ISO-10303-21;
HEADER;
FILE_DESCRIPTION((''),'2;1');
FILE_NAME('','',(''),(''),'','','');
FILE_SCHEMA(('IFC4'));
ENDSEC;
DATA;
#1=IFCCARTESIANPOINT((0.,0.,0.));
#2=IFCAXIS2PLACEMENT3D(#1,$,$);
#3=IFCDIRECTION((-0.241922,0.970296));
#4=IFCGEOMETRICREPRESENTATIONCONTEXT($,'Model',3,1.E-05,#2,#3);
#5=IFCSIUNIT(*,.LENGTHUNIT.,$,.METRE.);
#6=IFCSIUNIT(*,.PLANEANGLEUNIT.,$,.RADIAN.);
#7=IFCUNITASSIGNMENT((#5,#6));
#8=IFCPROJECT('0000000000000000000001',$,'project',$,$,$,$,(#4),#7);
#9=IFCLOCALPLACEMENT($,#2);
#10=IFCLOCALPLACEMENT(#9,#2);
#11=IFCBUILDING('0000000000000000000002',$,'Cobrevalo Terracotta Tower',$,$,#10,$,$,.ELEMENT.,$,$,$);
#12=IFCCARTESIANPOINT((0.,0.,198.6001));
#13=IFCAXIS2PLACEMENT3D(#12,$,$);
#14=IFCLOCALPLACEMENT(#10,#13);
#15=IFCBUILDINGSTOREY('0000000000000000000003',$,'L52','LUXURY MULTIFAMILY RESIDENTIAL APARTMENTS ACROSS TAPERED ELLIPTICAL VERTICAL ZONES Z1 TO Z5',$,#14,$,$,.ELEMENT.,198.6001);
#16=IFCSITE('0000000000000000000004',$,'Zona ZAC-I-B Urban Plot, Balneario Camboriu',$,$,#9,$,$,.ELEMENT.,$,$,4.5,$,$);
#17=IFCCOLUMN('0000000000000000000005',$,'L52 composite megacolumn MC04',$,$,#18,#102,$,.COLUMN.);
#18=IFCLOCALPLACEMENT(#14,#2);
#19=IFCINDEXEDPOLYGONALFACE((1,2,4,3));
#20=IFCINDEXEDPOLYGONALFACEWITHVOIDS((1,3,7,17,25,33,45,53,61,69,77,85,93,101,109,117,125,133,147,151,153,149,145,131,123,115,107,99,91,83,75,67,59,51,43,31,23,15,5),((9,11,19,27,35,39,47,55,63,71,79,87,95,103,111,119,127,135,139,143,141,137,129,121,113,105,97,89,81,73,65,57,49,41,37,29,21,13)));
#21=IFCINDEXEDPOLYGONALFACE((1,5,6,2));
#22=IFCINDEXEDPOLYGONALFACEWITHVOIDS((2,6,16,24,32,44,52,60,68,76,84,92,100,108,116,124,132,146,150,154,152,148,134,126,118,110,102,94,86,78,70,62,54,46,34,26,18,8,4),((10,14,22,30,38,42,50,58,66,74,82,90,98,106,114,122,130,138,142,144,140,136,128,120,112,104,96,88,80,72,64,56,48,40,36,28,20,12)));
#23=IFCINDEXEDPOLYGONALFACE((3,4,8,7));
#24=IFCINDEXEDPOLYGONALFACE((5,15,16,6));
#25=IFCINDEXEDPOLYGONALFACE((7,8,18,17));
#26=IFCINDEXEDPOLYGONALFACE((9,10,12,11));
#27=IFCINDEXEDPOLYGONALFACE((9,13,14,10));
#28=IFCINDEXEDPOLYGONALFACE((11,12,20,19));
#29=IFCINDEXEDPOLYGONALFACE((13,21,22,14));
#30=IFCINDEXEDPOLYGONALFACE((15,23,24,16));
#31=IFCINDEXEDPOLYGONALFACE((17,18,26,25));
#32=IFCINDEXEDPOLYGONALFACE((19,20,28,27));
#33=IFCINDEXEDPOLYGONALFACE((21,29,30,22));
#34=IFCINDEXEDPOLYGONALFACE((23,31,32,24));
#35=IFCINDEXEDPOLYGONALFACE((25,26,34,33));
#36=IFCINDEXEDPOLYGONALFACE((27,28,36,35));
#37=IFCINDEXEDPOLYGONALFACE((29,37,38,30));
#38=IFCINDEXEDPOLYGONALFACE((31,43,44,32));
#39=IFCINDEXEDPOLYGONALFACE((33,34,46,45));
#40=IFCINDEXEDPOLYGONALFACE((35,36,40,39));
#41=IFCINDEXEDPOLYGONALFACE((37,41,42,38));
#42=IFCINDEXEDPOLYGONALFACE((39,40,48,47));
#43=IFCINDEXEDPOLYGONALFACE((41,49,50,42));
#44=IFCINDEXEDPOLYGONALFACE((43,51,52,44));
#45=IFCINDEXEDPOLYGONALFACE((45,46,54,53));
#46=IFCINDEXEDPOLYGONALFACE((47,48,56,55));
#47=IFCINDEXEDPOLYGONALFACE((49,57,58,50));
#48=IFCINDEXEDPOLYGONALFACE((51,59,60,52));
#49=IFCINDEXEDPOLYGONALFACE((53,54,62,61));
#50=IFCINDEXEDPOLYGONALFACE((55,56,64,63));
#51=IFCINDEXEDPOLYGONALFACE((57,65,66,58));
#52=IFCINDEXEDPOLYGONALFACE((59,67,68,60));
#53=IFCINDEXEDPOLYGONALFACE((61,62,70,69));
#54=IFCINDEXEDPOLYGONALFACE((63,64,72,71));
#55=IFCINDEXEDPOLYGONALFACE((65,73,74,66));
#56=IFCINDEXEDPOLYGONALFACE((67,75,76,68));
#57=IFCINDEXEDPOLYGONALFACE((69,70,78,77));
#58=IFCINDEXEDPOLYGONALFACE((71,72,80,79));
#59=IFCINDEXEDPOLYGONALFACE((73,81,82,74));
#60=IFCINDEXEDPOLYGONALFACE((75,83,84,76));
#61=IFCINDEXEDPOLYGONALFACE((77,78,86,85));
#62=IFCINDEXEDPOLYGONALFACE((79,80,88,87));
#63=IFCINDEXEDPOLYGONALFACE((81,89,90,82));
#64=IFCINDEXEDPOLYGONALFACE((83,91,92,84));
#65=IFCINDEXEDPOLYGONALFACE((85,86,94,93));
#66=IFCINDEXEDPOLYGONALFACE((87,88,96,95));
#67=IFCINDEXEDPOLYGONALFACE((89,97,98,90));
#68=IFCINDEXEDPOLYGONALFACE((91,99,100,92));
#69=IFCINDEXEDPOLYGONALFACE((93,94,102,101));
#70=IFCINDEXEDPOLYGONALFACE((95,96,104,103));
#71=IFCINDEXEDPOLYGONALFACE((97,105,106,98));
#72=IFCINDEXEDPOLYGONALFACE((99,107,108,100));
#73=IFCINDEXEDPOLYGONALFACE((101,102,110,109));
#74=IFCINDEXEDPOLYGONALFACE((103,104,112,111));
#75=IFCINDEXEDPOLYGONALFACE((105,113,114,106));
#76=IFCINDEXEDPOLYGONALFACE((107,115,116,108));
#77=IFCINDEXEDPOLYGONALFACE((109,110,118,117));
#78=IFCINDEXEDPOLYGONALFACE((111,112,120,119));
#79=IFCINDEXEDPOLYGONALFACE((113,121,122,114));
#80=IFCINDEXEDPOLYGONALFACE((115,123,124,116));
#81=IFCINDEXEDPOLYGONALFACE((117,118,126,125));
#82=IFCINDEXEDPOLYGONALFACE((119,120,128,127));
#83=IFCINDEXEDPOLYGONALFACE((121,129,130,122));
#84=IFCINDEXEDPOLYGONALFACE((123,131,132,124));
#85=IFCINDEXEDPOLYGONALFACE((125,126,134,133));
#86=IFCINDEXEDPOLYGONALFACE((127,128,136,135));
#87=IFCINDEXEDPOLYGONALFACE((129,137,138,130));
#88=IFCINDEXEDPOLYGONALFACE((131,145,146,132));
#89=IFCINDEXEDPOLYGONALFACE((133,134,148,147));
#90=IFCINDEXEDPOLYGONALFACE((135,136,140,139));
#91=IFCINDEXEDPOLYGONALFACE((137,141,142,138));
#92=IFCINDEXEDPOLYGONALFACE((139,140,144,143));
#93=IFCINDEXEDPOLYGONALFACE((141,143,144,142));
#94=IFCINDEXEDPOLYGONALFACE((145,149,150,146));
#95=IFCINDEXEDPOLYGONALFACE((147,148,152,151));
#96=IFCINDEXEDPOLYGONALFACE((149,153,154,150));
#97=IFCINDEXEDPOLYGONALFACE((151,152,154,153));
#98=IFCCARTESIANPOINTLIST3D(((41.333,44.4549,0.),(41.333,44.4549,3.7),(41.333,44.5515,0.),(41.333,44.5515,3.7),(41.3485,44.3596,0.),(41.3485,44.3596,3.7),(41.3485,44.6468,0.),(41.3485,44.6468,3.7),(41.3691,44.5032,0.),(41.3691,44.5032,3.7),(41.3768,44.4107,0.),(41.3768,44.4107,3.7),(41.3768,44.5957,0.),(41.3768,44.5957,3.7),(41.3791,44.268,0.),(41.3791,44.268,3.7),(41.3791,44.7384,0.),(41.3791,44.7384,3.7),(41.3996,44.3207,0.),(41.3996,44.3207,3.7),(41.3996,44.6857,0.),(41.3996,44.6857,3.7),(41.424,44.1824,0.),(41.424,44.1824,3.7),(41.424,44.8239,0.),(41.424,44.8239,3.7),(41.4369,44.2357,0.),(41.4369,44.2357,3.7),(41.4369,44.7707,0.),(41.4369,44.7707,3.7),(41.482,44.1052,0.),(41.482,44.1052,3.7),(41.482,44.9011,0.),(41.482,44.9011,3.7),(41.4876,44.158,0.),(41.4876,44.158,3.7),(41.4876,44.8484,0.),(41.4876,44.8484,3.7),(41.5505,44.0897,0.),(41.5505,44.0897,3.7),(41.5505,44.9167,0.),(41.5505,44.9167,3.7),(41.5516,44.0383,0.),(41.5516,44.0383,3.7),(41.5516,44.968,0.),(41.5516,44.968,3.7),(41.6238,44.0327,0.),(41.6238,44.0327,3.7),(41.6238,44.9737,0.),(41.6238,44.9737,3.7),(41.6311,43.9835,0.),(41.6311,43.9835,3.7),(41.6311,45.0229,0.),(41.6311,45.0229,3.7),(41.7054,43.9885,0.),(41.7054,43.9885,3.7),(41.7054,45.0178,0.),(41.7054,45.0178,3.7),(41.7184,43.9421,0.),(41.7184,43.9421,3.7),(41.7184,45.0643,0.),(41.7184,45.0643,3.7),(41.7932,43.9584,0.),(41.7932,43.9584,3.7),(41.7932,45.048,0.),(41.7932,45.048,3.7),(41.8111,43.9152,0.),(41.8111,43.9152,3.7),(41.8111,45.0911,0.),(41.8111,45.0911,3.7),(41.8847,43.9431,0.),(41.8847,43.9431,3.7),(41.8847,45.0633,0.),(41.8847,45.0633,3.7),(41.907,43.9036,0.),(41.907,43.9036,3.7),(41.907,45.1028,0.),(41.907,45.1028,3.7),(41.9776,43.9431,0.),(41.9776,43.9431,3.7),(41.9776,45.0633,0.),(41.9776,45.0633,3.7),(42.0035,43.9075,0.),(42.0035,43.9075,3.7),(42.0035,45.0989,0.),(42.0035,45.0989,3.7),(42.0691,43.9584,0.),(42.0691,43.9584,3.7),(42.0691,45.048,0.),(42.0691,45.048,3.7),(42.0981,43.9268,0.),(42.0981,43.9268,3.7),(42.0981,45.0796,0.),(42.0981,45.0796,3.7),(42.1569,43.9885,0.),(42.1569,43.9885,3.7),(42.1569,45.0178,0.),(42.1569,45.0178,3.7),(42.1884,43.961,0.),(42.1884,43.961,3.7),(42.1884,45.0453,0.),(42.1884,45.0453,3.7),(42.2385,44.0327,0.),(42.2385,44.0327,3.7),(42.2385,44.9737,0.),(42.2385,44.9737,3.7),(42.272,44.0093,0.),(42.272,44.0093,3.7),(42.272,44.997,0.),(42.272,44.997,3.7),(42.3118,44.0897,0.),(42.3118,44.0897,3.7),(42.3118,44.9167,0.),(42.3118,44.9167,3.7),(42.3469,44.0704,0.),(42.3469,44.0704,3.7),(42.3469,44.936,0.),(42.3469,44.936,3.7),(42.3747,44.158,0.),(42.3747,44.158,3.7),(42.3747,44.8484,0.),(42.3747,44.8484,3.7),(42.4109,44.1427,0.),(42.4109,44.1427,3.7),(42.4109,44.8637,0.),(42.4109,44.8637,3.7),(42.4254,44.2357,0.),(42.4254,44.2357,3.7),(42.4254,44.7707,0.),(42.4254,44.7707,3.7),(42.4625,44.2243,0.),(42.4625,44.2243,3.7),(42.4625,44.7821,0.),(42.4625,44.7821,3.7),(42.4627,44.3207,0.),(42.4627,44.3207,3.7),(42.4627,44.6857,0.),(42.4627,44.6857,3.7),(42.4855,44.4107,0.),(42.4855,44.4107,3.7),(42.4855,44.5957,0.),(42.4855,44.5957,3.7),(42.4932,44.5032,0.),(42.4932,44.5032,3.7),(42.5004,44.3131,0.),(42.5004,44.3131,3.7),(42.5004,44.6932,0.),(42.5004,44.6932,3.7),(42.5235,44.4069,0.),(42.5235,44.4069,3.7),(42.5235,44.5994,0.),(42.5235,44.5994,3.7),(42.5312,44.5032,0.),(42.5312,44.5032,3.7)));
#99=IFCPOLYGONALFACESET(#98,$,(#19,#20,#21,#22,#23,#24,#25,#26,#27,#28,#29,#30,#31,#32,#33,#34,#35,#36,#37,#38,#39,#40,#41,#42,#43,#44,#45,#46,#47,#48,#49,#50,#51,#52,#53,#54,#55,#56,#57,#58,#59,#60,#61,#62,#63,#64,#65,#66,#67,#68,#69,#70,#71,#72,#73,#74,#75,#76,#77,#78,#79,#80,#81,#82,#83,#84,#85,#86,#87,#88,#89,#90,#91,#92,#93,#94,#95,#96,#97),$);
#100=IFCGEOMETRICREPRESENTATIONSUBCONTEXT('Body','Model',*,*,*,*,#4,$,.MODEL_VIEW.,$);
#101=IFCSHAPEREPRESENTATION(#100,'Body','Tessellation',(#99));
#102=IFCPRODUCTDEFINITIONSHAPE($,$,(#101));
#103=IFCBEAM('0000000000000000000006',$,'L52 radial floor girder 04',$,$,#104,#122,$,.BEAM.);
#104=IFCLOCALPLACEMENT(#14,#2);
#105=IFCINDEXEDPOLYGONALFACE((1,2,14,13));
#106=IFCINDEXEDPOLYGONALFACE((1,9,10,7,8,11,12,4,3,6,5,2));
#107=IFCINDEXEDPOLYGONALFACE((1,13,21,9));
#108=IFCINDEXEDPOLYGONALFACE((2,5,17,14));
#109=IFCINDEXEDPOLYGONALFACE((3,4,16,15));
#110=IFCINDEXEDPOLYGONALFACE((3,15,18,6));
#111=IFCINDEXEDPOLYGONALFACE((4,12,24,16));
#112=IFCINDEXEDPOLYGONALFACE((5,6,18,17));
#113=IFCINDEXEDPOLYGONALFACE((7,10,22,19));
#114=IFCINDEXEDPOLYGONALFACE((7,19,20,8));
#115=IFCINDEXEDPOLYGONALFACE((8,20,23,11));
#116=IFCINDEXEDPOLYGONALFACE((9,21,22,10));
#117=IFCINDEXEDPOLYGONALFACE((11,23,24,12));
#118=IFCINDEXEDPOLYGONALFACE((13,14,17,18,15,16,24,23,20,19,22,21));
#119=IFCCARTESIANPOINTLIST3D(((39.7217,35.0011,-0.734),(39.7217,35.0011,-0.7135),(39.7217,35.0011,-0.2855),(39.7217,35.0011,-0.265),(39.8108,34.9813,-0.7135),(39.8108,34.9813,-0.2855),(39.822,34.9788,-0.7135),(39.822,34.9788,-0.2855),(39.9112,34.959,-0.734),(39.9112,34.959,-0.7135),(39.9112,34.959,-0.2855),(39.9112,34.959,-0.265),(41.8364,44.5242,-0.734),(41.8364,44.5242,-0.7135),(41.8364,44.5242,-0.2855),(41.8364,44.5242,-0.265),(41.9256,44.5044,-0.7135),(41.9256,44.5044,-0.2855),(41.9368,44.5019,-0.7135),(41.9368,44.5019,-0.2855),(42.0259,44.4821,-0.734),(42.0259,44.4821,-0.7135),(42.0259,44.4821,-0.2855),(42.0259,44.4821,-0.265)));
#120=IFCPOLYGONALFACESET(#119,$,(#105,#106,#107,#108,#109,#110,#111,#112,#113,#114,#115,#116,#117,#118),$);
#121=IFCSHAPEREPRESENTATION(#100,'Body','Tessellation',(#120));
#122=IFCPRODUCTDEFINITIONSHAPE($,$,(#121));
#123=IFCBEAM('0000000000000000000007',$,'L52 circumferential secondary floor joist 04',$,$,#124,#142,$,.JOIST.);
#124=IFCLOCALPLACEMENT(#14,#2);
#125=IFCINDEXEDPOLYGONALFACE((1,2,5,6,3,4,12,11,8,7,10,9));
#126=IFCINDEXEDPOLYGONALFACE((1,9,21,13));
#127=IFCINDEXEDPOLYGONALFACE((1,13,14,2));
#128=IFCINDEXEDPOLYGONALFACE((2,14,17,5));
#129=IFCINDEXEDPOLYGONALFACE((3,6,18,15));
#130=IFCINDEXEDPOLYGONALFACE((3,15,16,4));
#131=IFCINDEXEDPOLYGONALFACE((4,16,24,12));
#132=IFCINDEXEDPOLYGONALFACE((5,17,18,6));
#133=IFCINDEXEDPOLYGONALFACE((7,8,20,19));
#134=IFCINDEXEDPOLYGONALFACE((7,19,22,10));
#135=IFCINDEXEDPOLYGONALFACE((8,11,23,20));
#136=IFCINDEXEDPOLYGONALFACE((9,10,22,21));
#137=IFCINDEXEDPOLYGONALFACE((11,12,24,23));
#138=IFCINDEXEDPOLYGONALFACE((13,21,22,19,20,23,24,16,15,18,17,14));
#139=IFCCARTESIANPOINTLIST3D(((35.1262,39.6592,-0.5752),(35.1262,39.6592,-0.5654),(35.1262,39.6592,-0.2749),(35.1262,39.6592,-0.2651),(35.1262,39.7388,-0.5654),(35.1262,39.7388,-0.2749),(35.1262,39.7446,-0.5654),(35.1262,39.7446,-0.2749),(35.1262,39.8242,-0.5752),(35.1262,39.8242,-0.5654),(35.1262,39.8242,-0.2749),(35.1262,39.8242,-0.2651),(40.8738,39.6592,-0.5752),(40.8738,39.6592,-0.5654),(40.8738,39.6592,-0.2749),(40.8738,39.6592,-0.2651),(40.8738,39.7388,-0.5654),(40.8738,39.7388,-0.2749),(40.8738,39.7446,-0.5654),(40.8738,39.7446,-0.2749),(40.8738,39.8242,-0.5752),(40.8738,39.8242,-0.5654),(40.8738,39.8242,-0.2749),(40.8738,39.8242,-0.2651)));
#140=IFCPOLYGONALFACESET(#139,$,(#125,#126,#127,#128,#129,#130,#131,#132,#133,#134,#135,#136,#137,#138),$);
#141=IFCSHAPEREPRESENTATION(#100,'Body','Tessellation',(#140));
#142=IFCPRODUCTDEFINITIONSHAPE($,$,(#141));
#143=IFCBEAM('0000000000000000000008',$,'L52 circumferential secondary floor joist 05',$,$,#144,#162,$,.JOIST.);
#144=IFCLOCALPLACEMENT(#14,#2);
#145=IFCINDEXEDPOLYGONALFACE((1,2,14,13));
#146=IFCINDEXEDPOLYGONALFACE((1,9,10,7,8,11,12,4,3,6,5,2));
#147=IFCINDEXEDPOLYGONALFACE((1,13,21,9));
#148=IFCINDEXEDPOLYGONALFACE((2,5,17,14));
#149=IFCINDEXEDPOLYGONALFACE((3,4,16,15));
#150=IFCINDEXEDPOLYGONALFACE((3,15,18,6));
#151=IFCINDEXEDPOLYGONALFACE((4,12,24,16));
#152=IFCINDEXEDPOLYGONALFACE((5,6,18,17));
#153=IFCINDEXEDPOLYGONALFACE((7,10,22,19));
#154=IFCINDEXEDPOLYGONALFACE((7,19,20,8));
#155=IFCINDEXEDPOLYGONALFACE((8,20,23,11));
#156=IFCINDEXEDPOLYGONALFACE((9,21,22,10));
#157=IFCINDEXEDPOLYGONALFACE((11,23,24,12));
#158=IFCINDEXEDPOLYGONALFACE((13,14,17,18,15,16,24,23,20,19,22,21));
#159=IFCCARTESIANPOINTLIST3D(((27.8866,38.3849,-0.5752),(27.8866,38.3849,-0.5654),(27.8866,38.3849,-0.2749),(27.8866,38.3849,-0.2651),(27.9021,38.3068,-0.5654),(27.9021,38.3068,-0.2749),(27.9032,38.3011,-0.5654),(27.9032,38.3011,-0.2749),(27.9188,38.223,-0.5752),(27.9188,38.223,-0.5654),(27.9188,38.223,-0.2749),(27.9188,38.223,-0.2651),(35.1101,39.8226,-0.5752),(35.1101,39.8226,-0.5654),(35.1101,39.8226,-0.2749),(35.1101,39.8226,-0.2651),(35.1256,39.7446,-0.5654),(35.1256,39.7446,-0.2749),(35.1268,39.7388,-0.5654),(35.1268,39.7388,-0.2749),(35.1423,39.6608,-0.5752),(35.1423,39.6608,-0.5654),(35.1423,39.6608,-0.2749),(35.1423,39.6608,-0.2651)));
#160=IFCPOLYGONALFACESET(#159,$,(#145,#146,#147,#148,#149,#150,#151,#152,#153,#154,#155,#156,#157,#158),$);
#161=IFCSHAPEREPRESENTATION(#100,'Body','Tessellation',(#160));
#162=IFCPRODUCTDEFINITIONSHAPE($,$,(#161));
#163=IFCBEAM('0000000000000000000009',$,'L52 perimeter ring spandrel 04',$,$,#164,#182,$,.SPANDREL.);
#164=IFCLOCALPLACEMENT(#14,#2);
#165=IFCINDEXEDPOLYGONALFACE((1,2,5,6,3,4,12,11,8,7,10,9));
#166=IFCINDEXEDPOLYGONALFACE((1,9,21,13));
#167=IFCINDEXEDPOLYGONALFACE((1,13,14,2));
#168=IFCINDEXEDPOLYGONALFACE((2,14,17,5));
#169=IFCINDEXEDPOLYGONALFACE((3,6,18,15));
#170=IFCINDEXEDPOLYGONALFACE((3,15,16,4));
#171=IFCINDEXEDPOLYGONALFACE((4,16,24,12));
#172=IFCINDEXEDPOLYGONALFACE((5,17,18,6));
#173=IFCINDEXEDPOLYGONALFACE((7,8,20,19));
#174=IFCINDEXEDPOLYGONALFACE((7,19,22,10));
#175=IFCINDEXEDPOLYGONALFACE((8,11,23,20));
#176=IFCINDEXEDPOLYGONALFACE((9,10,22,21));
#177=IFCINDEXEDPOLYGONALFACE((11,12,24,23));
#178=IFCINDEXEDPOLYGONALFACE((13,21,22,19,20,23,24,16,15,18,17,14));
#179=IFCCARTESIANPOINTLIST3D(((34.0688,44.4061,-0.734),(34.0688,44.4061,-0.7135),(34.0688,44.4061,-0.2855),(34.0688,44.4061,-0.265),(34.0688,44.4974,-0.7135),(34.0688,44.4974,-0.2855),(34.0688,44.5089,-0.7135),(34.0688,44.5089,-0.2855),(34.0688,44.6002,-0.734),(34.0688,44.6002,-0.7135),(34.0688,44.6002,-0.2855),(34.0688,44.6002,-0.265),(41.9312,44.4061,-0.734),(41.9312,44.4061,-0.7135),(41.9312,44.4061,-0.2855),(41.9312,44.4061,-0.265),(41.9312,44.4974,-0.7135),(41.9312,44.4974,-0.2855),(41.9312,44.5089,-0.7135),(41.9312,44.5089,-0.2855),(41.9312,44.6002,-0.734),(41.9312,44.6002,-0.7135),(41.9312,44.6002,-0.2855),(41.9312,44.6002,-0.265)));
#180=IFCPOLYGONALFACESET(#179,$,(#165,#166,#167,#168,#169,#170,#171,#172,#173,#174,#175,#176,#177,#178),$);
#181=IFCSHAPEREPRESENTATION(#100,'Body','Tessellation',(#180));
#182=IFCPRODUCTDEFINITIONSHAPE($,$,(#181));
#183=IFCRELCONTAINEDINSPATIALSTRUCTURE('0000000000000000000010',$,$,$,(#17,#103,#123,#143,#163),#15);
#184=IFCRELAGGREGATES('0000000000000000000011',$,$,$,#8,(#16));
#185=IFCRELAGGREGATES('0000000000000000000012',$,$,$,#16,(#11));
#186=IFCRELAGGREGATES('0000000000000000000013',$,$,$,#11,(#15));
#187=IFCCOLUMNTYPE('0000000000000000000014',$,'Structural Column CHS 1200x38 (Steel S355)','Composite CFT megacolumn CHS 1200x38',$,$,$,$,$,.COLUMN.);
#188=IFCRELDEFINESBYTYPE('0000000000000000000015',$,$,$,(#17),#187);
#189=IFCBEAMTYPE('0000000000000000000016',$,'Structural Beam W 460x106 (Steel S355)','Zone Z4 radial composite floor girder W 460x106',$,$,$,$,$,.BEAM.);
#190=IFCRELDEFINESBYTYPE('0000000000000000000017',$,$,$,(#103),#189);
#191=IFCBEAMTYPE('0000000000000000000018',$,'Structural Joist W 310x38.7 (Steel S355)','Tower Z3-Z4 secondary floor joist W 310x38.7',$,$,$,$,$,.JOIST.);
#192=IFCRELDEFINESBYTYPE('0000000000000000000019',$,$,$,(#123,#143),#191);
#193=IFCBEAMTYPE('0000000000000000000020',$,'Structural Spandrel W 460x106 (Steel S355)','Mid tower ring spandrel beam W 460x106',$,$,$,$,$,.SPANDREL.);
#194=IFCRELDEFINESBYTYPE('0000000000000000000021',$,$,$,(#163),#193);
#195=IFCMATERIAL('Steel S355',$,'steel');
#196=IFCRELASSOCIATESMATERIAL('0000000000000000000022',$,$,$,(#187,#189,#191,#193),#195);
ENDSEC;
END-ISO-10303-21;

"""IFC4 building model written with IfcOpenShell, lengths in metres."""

from ifc_helpers import new_model, si_unit, direction, frame, origin, origin_2d, place, context, subcontext, project, spatial, hollow_circle, i_section, extrude, material, material_profile, profile_set, type_object, element, save


model = new_model("IFC4")

# Units and contexts
model_context = context("Model", 3, precision=1e-05, world=origin(), true_north=direction((-0.241922, 0.970296)))
body_context = subcontext(model_context, "Body", "Model", "MODEL_VIEW")
ifc_project = project(units=[si_unit("LENGTHUNIT", "METRE"), si_unit("PLANEANGLEUNIT", "RADIAN")], contexts=[model_context])

# Site, building, storey
site_placement = place(None, origin())
site = spatial("IfcSite", under=ifc_project, at=site_placement, Name="Zona ZAC-I-B Urban Plot, Balneario Camboriu", CompositionType="ELEMENT", RefElevation=4.5)
building_placement = place(site_placement, origin())
building = spatial("IfcBuilding", under=site, at=building_placement, Name="Cobrevalo Terracotta Tower", CompositionType="ELEMENT")
storey_placement = place(building_placement, frame((0.0, 0.0, 198.6001)))
storey = spatial("IfcBuildingStorey", under=building, at=storey_placement, Name="L52", Description="LUXURY MULTIFAMILY RESIDENTIAL APARTMENTS ACROSS TAPERED ELLIPTICAL VERTICAL ZONES Z1 TO Z5", CompositionType="ELEMENT", Elevation=198.6001)

# Column
ifc_material_1 = material(Name="Steel S355", Category="steel")
ifc_material_profile_1 = material_profile(ifc_material_1, hollow_circle(Radius=0.6001, WallThickness=0.0381, at=origin_2d()), Name="CHS 1200x38")
ifc_profile_set_1 = profile_set([ifc_material_profile_1], Name="Steel S355")
column_type = type_object("IfcColumnType", Name="Structural Column CHS 1200x38 (Steel S355)", Description="Composite CFT megacolumn CHS 1200x38", PredefinedType="COLUMN", material=ifc_profile_set_1)
column_placement = place(storey_placement, frame((41.9312, 44.5032, 0.0), z_axis=(0.0, 0.0, 1.0), x_axis=(1.0, 0.0, 0.0)))
element("IfcColumn", 1, at=column_placement, inside=storey, type_object=column_type, Name="L52 composite megacolumn MC04", PredefinedType="COLUMN", context=body_context, shape_type="SweptSolid", body=[
    extrude(hollow_circle(Radius=0.6001, WallThickness=0.0381, at=origin_2d()), origin(), (0.0, 0.0, 1.0), 3.7),
])

# Beams
ifc_material_profile_2 = material_profile(ifc_material_1, i_section(OverallWidth=0.1941, OverallDepth=0.469, WebThickness=0.0115, FlangeThickness=0.0205, at=origin_2d()), Name="W 460x106")
ifc_profile_set_2 = profile_set([ifc_material_profile_2], Name="Steel S355")
beam_type_1 = type_object("IfcBeamType", Name="Structural Beam W 460x106 (Steel S355)", Description="Zone Z4 radial composite floor girder W 460x106", PredefinedType="BEAM", material=ifc_profile_set_2)
beam_1_placement = place(storey_placement, frame((41.9312, 44.5032, -0.4995), z_axis=(-0.216782, -0.97622, 0.0), x_axis=(0.97622, -0.216782, 0.0)))
element("IfcBeam", 2, at=beam_1_placement, inside=storey, type_object=beam_type_1, Name="L52 radial floor girder 04", PredefinedType="BEAM", context=body_context, shape_type="SweptSolid", body=[
    extrude(i_section(OverallWidth=0.1941, OverallDepth=0.469, WebThickness=0.0115, FlangeThickness=0.0205, at=origin_2d()), origin(), (0.0, 0.0, 1.0), 9.7551),
])
ifc_material_profile_3 = material_profile(ifc_material_1, i_section(OverallWidth=0.165, OverallDepth=0.3101, WebThickness=0.0059, FlangeThickness=0.0098, at=origin_2d()), Name="W 310x38.7")
ifc_profile_set_3 = profile_set([ifc_material_profile_3], Name="Steel S355")
beam_type_2 = type_object("IfcBeamType", Name="Structural Joist W 310x38.7 (Steel S355)", Description="Tower Z3-Z4 secondary floor joist W 310x38.7", PredefinedType="JOIST", material=ifc_profile_set_3)
beam_2_placement = place(storey_placement, frame((40.8738, 39.7417, -0.4202), z_axis=(-1.0, 0.0, 0.0), x_axis=(0.0, -1.0, 0.0)))
element("IfcBeam", 3, at=beam_2_placement, inside=storey, type_object=beam_type_2, Name="L52 circumferential secondary floor joist 04", PredefinedType="JOIST", context=body_context, shape_type="SweptSolid", body=[
    extrude(i_section(OverallWidth=0.165, OverallDepth=0.3101, WebThickness=0.0059, FlangeThickness=0.0098, at=origin_2d()), origin(), (0.0, 0.0, 1.0), 5.7476),
])
beam_3_placement = place(storey_placement, frame((35.1262, 39.7417, -0.4202), z_axis=(-0.980763, -0.195204, 0.0), x_axis=(0.195204, -0.980763, 0.0)))
element("IfcBeam", 4, at=beam_3_placement, inside=storey, type_object=beam_type_2, Name="L52 circumferential secondary floor joist 05", PredefinedType="JOIST", context=body_context, shape_type="SweptSolid", body=[
    extrude(i_section(OverallWidth=0.165, OverallDepth=0.3101, WebThickness=0.0059, FlangeThickness=0.0098, at=origin_2d()), origin(), (0.0, 0.0, 1.0), 7.3652),
])
ifc_material_profile_4 = material_profile(ifc_material_1, i_section(OverallWidth=0.1941, OverallDepth=0.469, WebThickness=0.0115, FlangeThickness=0.0205, at=origin_2d()), Name="W 460x106")
ifc_profile_set_4 = profile_set([ifc_material_profile_4], Name="Steel S355")
beam_type_3 = type_object("IfcBeamType", Name="Structural Spandrel W 460x106 (Steel S355)", Description="Mid tower ring spandrel beam W 460x106", PredefinedType="SPANDREL", material=ifc_profile_set_4)
beam_4_placement = place(storey_placement, frame((41.9312, 44.5032, -0.4995), z_axis=(-1.0, 0.0, 0.0), x_axis=(0.0, -1.0, 0.0)))
element("IfcBeam", 5, at=beam_4_placement, inside=storey, type_object=beam_type_3, Name="L52 perimeter ring spandrel 04", PredefinedType="SPANDREL", context=body_context, shape_type="SweptSolid", body=[
    extrude(i_section(OverallWidth=0.1941, OverallDepth=0.469, WebThickness=0.0115, FlangeThickness=0.0205, at=origin_2d()), origin(), (0.0, 0.0, 1.0), 7.8623),
])

save(model, "model.ifc")
